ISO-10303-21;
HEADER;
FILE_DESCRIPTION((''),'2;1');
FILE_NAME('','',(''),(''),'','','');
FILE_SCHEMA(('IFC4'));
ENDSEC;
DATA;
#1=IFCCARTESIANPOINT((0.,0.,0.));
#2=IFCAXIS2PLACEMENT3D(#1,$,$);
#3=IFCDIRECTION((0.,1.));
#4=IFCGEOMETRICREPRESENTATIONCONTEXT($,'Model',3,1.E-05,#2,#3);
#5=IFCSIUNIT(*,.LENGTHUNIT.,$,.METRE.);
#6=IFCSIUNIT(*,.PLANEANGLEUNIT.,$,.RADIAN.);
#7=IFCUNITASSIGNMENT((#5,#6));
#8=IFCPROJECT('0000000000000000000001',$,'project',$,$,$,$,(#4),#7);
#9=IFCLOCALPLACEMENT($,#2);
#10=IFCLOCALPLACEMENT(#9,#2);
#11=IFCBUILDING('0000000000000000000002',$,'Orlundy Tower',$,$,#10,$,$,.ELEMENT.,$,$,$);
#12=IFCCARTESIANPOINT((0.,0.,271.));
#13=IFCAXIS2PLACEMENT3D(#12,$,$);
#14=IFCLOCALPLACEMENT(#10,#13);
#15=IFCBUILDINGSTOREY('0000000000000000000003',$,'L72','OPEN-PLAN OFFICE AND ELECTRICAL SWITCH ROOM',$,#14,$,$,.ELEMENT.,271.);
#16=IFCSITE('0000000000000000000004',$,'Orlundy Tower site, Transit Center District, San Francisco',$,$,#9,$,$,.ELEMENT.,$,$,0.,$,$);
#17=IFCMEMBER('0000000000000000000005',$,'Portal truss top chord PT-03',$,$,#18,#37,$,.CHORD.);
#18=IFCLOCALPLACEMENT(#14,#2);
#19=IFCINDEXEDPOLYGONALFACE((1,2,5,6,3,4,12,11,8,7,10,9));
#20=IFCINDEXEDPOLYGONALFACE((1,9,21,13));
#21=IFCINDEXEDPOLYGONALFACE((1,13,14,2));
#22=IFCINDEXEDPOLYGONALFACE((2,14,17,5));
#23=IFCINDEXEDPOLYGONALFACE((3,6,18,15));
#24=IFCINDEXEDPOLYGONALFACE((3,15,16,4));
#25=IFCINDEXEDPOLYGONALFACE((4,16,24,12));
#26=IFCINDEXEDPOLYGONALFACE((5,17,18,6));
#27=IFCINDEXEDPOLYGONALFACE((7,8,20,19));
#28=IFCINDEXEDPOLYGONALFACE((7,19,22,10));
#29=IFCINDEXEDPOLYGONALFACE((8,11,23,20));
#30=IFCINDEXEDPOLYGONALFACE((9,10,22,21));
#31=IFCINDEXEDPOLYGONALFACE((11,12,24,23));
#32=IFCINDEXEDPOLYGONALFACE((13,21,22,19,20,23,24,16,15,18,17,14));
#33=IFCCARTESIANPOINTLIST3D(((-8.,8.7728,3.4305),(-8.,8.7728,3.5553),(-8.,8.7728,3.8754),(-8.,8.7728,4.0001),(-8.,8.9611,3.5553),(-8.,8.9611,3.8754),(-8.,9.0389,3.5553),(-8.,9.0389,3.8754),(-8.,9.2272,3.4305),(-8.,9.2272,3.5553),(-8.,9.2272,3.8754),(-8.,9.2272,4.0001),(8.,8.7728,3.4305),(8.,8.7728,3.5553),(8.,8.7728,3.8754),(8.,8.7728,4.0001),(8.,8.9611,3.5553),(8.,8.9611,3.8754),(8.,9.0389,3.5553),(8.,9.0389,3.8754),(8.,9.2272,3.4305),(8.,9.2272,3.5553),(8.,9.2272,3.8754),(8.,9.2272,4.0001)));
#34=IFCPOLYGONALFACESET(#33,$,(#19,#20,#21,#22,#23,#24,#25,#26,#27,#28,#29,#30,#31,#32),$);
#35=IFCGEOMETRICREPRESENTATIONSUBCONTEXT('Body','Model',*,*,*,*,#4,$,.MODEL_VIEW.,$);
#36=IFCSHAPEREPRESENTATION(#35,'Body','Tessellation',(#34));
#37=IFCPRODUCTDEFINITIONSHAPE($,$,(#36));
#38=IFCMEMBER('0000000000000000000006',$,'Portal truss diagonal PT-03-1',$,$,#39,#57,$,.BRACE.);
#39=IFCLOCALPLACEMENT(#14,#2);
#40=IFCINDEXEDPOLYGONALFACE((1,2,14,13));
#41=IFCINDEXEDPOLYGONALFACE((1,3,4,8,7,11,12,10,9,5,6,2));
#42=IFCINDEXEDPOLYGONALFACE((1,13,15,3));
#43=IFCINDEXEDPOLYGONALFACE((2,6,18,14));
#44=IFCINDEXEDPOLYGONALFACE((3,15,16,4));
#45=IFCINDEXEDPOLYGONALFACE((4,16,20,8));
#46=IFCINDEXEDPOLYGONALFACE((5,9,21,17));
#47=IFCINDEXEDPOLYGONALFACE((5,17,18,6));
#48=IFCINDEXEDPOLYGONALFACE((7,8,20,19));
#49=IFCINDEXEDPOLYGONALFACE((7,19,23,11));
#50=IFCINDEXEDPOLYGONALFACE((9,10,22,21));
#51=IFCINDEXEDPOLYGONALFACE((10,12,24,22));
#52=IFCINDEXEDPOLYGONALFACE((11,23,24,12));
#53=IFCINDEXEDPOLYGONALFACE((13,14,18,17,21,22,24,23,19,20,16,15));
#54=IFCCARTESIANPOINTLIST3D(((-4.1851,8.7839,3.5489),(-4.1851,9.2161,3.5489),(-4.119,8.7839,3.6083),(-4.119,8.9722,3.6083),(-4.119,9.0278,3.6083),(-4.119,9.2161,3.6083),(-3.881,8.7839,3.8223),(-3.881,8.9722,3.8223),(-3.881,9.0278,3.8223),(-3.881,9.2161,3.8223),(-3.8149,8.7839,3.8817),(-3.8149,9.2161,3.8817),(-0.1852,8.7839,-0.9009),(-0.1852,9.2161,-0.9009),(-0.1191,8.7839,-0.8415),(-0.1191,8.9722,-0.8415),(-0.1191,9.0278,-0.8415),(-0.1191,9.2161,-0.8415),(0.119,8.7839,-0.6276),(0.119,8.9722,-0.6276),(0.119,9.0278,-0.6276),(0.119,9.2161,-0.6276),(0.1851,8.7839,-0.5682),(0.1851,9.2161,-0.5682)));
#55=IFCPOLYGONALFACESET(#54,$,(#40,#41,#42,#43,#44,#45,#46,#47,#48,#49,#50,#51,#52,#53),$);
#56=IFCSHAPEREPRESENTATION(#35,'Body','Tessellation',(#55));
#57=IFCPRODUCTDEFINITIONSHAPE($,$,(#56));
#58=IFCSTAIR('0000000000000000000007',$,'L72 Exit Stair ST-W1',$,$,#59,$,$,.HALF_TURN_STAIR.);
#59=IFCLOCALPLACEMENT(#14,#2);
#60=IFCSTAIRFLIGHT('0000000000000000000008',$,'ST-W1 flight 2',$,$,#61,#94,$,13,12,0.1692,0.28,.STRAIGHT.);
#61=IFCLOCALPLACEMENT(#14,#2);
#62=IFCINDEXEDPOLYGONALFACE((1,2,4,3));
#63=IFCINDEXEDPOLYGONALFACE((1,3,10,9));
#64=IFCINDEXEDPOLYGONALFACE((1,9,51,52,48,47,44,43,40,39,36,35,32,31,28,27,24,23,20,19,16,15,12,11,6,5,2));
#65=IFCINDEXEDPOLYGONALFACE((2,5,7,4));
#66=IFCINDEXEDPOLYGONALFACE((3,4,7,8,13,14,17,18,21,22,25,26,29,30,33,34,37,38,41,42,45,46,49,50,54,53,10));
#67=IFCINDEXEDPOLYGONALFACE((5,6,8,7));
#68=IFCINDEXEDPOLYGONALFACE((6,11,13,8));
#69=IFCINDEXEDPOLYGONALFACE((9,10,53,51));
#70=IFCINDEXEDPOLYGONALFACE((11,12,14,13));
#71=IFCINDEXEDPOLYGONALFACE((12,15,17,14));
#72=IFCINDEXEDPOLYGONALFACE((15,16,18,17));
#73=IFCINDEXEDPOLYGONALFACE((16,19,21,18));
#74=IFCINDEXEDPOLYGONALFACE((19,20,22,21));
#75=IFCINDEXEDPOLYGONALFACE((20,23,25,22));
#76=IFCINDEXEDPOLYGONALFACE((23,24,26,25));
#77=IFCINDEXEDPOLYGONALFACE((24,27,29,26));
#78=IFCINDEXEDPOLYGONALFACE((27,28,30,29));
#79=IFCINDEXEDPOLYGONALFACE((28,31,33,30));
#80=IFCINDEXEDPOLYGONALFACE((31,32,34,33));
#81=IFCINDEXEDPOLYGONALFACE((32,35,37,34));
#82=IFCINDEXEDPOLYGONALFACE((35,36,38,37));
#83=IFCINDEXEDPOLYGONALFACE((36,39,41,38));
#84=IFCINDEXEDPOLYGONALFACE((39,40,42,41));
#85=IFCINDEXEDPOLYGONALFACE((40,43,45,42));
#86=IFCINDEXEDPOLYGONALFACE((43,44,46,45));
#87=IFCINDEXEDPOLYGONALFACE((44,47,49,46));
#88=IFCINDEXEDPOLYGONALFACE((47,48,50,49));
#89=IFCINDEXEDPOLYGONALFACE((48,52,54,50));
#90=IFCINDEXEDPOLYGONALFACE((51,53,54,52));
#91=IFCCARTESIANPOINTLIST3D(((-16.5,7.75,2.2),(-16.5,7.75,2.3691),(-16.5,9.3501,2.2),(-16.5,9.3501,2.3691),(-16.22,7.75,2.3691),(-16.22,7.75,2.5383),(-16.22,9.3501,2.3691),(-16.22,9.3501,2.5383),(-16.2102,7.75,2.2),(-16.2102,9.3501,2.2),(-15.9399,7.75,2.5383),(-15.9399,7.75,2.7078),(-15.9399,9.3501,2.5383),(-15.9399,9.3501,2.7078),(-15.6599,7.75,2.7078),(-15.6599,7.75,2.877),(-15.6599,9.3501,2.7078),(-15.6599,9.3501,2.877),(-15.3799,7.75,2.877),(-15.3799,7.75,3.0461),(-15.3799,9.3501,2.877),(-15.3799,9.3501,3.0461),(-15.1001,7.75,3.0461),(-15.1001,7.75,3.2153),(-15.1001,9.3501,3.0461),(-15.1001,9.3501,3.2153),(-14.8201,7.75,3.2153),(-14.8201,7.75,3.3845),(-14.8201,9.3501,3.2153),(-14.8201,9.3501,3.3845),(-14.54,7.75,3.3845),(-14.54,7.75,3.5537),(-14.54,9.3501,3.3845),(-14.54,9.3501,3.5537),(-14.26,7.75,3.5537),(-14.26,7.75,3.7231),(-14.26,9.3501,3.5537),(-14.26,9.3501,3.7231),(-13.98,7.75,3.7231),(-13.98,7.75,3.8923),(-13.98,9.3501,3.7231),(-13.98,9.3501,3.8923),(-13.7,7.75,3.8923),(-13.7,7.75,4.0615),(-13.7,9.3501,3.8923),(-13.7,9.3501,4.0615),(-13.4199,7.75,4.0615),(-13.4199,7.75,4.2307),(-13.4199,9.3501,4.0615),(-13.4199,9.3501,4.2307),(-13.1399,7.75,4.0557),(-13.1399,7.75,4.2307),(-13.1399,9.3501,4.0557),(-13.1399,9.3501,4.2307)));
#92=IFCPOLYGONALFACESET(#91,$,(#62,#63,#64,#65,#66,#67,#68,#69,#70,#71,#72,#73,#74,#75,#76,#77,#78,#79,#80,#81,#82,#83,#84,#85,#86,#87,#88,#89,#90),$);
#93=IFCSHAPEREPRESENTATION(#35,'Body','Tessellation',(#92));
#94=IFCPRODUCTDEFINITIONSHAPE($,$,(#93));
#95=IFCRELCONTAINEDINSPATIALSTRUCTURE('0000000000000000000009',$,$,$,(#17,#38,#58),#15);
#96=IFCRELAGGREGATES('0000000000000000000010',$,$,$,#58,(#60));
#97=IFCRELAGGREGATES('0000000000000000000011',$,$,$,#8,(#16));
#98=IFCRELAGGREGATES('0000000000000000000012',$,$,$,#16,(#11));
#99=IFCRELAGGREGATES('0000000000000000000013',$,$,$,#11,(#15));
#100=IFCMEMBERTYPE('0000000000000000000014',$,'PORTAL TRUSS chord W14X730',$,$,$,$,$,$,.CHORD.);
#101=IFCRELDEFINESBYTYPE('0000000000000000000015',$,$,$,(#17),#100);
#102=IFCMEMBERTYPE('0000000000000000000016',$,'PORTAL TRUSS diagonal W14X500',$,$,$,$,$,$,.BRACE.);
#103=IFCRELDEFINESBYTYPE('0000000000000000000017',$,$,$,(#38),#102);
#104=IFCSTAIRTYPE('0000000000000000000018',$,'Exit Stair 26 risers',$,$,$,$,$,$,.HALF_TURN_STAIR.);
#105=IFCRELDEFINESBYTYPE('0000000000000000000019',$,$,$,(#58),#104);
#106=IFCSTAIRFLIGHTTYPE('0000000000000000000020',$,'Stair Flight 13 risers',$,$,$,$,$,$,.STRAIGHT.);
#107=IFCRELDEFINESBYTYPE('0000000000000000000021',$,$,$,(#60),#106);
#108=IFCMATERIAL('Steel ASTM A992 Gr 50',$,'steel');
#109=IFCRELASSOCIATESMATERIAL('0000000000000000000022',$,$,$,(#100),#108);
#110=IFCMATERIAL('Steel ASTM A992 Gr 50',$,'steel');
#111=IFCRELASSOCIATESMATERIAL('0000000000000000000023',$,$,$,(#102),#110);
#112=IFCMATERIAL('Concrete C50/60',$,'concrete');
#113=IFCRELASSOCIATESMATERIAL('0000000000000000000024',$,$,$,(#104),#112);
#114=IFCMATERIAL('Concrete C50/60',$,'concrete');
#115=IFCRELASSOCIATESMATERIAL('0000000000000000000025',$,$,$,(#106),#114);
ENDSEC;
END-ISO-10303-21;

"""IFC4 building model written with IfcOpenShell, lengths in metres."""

from ifc_helpers import new_model, si_unit, direction, frame, origin, origin_2d, place, context, subcontext, project, spatial, polyline, i_section, outline, extrude, material, material_profile, profile_set, type_object, element, aggregate, save


model = new_model("IFC4")

# Units and contexts
model_context = context("Model", 3, precision=1e-05, world=origin(), true_north=direction((0.0, 1.0)))
body_context = subcontext(model_context, "Body", "Model", "MODEL_VIEW")
ifc_project = project(units=[si_unit("LENGTHUNIT", "METRE"), si_unit("PLANEANGLEUNIT", "RADIAN")], contexts=[model_context])

# Site, building, storey
site_placement = place(None, origin())
site = spatial("IfcSite", under=ifc_project, at=site_placement, Name="Orlundy Tower site, Transit Center District, San Francisco", CompositionType="ELEMENT", RefElevation=0.0)
building_placement = place(site_placement, origin())
building = spatial("IfcBuilding", under=site, at=building_placement, Name="Orlundy Tower", CompositionType="ELEMENT")
storey_placement = place(building_placement, frame((0.0, 0.0, 271.0)))
storey = spatial("IfcBuildingStorey", under=building, at=storey_placement, Name="L72", Description="OPEN-PLAN OFFICE AND ELECTRICAL SWITCH ROOM", CompositionType="ELEMENT", Elevation=271.0)

# Members
ifc_material_1 = material(Name="Steel ASTM A992 Gr 50", Category="steel")
ifc_material_profile_1 = material_profile(ifc_material_1, i_section(OverallWidth=0.4543, OverallDepth=0.5696, WebThickness=0.0779, FlangeThickness=0.1248, at=origin_2d()), Name="W14X730")
ifc_profile_set_1 = profile_set([ifc_material_profile_1], Name="Steel ASTM A992 Gr 50")
member_type_1 = type_object("IfcMemberType", Name="PORTAL TRUSS chord W14X730", PredefinedType="CHORD", material=ifc_profile_set_1)
member_1_placement = place(storey_placement, frame((-8.0, 9.0, 3.7153), z_axis=(1.0, 0.0, 0.0), x_axis=(0.0, 1.0, 0.0)))
element("IfcMember", 1, at=member_1_placement, inside=storey, type_object=member_type_1, Name="Portal truss top chord PT-03", PredefinedType="CHORD", context=body_context, shape_type="SweptSolid", body=[
    extrude(i_section(OverallWidth=0.4543, OverallDepth=0.5696, WebThickness=0.0779, FlangeThickness=0.1248, at=origin_2d()), origin(), (0.0, 0.0, 1.0), 16.0),
])
ifc_material_2 = material(Name="Steel ASTM A992 Gr 50", Category="steel")
ifc_material_profile_2 = material_profile(ifc_material_2, i_section(OverallWidth=0.4321, OverallDepth=0.4978, WebThickness=0.0557, FlangeThickness=0.0889, at=origin_2d()), Name="W14X500")
ifc_profile_set_2 = profile_set([ifc_material_profile_2], Name="Steel ASTM A992 Gr 50")
member_type_2 = type_object("IfcMemberType", Name="PORTAL TRUSS diagonal W14X500", PredefinedType="BRACE", material=ifc_profile_set_2)
member_2_placement = place(storey_placement, frame((-4.0, 9.0, 3.7153), z_axis=(0.668507, 0.0, -0.743706), x_axis=(0.0, 1.0, 0.0)))
element("IfcMember", 2, at=member_2_placement, inside=storey, type_object=member_type_2, Name="Portal truss diagonal PT-03-1", PredefinedType="BRACE", context=body_context, shape_type="SweptSolid", body=[
    extrude(i_section(OverallWidth=0.4321, OverallDepth=0.4978, WebThickness=0.0557, FlangeThickness=0.0889, at=origin_2d()), origin(), (0.0, 0.0, 1.0), 5.9834),
])

# Stair, stair flight
ifc_material_3 = material(Name="Concrete C50/60", Category="concrete")
stair_type = type_object("IfcStairType", Name="Exit Stair 26 risers", PredefinedType="HALF_TURN_STAIR", material=ifc_material_3)
stair_placement = place(storey_placement, origin())
stair = element("IfcStair", 3, at=stair_placement, inside=storey, type_object=stair_type, Name="L72 Exit Stair ST-W1", PredefinedType="HALF_TURN_STAIR")
ifc_material_4 = material(Name="Concrete C50/60", Category="concrete")
stair_flight_type = type_object("IfcStairFlightType", Name="Stair Flight 13 risers", PredefinedType="STRAIGHT", material=ifc_material_4)
stair_flight_placement = place(storey_placement, frame((-16.5, 8.55, 2.2), z_axis=(0.0, 0.0, 1.0), x_axis=(1.0, 0.0, 0.0)))
stair_flight = element("IfcStairFlight", 4, at=stair_flight_placement, type_object=stair_flight_type, Name="ST-W1 flight 2", NumberOfRisers=13, NumberOfTreads=12, PredefinedType="STRAIGHT", RiserHeight=0.1692, TreadLength=0.28, context=body_context, shape_type="SweptSolid", body=[
    extrude(outline(polyline([(0.0, 0.0), (0.0, 0.1692), (0.28, 0.1692), (0.28, 0.3384), (0.5601, 0.3384), (0.5601, 0.5078), (0.8401, 0.5078), (0.8401, 0.677), (1.1201, 0.677), (1.1201, 0.8462), (1.3999, 0.8462), (1.3999, 1.0154), (1.6799, 1.0154), (1.6799, 1.1846), (1.96, 1.1846), (1.96, 1.3538), (2.24, 1.3538), (2.24, 1.5232), (2.52, 1.5232), (2.52, 1.6924), (2.8, 1.6924), (2.8, 1.8616), (3.0801, 1.8616), (3.0801, 2.0308), (3.3601, 2.0308), (3.3601, 2.2), (3.3601, 1.8557), (0.2898, 0.0), (0.0, 0.0)])), frame((0.0, 0.8, 0.0), z_axis=(0.0, -1.0, 0.0), x_axis=(1.0, 0.0, 0.0)), (0.0, 0.0, 1.0), 1.6001),
])
aggregate(stair, [stair_flight])

save(model, "model.ifc")
